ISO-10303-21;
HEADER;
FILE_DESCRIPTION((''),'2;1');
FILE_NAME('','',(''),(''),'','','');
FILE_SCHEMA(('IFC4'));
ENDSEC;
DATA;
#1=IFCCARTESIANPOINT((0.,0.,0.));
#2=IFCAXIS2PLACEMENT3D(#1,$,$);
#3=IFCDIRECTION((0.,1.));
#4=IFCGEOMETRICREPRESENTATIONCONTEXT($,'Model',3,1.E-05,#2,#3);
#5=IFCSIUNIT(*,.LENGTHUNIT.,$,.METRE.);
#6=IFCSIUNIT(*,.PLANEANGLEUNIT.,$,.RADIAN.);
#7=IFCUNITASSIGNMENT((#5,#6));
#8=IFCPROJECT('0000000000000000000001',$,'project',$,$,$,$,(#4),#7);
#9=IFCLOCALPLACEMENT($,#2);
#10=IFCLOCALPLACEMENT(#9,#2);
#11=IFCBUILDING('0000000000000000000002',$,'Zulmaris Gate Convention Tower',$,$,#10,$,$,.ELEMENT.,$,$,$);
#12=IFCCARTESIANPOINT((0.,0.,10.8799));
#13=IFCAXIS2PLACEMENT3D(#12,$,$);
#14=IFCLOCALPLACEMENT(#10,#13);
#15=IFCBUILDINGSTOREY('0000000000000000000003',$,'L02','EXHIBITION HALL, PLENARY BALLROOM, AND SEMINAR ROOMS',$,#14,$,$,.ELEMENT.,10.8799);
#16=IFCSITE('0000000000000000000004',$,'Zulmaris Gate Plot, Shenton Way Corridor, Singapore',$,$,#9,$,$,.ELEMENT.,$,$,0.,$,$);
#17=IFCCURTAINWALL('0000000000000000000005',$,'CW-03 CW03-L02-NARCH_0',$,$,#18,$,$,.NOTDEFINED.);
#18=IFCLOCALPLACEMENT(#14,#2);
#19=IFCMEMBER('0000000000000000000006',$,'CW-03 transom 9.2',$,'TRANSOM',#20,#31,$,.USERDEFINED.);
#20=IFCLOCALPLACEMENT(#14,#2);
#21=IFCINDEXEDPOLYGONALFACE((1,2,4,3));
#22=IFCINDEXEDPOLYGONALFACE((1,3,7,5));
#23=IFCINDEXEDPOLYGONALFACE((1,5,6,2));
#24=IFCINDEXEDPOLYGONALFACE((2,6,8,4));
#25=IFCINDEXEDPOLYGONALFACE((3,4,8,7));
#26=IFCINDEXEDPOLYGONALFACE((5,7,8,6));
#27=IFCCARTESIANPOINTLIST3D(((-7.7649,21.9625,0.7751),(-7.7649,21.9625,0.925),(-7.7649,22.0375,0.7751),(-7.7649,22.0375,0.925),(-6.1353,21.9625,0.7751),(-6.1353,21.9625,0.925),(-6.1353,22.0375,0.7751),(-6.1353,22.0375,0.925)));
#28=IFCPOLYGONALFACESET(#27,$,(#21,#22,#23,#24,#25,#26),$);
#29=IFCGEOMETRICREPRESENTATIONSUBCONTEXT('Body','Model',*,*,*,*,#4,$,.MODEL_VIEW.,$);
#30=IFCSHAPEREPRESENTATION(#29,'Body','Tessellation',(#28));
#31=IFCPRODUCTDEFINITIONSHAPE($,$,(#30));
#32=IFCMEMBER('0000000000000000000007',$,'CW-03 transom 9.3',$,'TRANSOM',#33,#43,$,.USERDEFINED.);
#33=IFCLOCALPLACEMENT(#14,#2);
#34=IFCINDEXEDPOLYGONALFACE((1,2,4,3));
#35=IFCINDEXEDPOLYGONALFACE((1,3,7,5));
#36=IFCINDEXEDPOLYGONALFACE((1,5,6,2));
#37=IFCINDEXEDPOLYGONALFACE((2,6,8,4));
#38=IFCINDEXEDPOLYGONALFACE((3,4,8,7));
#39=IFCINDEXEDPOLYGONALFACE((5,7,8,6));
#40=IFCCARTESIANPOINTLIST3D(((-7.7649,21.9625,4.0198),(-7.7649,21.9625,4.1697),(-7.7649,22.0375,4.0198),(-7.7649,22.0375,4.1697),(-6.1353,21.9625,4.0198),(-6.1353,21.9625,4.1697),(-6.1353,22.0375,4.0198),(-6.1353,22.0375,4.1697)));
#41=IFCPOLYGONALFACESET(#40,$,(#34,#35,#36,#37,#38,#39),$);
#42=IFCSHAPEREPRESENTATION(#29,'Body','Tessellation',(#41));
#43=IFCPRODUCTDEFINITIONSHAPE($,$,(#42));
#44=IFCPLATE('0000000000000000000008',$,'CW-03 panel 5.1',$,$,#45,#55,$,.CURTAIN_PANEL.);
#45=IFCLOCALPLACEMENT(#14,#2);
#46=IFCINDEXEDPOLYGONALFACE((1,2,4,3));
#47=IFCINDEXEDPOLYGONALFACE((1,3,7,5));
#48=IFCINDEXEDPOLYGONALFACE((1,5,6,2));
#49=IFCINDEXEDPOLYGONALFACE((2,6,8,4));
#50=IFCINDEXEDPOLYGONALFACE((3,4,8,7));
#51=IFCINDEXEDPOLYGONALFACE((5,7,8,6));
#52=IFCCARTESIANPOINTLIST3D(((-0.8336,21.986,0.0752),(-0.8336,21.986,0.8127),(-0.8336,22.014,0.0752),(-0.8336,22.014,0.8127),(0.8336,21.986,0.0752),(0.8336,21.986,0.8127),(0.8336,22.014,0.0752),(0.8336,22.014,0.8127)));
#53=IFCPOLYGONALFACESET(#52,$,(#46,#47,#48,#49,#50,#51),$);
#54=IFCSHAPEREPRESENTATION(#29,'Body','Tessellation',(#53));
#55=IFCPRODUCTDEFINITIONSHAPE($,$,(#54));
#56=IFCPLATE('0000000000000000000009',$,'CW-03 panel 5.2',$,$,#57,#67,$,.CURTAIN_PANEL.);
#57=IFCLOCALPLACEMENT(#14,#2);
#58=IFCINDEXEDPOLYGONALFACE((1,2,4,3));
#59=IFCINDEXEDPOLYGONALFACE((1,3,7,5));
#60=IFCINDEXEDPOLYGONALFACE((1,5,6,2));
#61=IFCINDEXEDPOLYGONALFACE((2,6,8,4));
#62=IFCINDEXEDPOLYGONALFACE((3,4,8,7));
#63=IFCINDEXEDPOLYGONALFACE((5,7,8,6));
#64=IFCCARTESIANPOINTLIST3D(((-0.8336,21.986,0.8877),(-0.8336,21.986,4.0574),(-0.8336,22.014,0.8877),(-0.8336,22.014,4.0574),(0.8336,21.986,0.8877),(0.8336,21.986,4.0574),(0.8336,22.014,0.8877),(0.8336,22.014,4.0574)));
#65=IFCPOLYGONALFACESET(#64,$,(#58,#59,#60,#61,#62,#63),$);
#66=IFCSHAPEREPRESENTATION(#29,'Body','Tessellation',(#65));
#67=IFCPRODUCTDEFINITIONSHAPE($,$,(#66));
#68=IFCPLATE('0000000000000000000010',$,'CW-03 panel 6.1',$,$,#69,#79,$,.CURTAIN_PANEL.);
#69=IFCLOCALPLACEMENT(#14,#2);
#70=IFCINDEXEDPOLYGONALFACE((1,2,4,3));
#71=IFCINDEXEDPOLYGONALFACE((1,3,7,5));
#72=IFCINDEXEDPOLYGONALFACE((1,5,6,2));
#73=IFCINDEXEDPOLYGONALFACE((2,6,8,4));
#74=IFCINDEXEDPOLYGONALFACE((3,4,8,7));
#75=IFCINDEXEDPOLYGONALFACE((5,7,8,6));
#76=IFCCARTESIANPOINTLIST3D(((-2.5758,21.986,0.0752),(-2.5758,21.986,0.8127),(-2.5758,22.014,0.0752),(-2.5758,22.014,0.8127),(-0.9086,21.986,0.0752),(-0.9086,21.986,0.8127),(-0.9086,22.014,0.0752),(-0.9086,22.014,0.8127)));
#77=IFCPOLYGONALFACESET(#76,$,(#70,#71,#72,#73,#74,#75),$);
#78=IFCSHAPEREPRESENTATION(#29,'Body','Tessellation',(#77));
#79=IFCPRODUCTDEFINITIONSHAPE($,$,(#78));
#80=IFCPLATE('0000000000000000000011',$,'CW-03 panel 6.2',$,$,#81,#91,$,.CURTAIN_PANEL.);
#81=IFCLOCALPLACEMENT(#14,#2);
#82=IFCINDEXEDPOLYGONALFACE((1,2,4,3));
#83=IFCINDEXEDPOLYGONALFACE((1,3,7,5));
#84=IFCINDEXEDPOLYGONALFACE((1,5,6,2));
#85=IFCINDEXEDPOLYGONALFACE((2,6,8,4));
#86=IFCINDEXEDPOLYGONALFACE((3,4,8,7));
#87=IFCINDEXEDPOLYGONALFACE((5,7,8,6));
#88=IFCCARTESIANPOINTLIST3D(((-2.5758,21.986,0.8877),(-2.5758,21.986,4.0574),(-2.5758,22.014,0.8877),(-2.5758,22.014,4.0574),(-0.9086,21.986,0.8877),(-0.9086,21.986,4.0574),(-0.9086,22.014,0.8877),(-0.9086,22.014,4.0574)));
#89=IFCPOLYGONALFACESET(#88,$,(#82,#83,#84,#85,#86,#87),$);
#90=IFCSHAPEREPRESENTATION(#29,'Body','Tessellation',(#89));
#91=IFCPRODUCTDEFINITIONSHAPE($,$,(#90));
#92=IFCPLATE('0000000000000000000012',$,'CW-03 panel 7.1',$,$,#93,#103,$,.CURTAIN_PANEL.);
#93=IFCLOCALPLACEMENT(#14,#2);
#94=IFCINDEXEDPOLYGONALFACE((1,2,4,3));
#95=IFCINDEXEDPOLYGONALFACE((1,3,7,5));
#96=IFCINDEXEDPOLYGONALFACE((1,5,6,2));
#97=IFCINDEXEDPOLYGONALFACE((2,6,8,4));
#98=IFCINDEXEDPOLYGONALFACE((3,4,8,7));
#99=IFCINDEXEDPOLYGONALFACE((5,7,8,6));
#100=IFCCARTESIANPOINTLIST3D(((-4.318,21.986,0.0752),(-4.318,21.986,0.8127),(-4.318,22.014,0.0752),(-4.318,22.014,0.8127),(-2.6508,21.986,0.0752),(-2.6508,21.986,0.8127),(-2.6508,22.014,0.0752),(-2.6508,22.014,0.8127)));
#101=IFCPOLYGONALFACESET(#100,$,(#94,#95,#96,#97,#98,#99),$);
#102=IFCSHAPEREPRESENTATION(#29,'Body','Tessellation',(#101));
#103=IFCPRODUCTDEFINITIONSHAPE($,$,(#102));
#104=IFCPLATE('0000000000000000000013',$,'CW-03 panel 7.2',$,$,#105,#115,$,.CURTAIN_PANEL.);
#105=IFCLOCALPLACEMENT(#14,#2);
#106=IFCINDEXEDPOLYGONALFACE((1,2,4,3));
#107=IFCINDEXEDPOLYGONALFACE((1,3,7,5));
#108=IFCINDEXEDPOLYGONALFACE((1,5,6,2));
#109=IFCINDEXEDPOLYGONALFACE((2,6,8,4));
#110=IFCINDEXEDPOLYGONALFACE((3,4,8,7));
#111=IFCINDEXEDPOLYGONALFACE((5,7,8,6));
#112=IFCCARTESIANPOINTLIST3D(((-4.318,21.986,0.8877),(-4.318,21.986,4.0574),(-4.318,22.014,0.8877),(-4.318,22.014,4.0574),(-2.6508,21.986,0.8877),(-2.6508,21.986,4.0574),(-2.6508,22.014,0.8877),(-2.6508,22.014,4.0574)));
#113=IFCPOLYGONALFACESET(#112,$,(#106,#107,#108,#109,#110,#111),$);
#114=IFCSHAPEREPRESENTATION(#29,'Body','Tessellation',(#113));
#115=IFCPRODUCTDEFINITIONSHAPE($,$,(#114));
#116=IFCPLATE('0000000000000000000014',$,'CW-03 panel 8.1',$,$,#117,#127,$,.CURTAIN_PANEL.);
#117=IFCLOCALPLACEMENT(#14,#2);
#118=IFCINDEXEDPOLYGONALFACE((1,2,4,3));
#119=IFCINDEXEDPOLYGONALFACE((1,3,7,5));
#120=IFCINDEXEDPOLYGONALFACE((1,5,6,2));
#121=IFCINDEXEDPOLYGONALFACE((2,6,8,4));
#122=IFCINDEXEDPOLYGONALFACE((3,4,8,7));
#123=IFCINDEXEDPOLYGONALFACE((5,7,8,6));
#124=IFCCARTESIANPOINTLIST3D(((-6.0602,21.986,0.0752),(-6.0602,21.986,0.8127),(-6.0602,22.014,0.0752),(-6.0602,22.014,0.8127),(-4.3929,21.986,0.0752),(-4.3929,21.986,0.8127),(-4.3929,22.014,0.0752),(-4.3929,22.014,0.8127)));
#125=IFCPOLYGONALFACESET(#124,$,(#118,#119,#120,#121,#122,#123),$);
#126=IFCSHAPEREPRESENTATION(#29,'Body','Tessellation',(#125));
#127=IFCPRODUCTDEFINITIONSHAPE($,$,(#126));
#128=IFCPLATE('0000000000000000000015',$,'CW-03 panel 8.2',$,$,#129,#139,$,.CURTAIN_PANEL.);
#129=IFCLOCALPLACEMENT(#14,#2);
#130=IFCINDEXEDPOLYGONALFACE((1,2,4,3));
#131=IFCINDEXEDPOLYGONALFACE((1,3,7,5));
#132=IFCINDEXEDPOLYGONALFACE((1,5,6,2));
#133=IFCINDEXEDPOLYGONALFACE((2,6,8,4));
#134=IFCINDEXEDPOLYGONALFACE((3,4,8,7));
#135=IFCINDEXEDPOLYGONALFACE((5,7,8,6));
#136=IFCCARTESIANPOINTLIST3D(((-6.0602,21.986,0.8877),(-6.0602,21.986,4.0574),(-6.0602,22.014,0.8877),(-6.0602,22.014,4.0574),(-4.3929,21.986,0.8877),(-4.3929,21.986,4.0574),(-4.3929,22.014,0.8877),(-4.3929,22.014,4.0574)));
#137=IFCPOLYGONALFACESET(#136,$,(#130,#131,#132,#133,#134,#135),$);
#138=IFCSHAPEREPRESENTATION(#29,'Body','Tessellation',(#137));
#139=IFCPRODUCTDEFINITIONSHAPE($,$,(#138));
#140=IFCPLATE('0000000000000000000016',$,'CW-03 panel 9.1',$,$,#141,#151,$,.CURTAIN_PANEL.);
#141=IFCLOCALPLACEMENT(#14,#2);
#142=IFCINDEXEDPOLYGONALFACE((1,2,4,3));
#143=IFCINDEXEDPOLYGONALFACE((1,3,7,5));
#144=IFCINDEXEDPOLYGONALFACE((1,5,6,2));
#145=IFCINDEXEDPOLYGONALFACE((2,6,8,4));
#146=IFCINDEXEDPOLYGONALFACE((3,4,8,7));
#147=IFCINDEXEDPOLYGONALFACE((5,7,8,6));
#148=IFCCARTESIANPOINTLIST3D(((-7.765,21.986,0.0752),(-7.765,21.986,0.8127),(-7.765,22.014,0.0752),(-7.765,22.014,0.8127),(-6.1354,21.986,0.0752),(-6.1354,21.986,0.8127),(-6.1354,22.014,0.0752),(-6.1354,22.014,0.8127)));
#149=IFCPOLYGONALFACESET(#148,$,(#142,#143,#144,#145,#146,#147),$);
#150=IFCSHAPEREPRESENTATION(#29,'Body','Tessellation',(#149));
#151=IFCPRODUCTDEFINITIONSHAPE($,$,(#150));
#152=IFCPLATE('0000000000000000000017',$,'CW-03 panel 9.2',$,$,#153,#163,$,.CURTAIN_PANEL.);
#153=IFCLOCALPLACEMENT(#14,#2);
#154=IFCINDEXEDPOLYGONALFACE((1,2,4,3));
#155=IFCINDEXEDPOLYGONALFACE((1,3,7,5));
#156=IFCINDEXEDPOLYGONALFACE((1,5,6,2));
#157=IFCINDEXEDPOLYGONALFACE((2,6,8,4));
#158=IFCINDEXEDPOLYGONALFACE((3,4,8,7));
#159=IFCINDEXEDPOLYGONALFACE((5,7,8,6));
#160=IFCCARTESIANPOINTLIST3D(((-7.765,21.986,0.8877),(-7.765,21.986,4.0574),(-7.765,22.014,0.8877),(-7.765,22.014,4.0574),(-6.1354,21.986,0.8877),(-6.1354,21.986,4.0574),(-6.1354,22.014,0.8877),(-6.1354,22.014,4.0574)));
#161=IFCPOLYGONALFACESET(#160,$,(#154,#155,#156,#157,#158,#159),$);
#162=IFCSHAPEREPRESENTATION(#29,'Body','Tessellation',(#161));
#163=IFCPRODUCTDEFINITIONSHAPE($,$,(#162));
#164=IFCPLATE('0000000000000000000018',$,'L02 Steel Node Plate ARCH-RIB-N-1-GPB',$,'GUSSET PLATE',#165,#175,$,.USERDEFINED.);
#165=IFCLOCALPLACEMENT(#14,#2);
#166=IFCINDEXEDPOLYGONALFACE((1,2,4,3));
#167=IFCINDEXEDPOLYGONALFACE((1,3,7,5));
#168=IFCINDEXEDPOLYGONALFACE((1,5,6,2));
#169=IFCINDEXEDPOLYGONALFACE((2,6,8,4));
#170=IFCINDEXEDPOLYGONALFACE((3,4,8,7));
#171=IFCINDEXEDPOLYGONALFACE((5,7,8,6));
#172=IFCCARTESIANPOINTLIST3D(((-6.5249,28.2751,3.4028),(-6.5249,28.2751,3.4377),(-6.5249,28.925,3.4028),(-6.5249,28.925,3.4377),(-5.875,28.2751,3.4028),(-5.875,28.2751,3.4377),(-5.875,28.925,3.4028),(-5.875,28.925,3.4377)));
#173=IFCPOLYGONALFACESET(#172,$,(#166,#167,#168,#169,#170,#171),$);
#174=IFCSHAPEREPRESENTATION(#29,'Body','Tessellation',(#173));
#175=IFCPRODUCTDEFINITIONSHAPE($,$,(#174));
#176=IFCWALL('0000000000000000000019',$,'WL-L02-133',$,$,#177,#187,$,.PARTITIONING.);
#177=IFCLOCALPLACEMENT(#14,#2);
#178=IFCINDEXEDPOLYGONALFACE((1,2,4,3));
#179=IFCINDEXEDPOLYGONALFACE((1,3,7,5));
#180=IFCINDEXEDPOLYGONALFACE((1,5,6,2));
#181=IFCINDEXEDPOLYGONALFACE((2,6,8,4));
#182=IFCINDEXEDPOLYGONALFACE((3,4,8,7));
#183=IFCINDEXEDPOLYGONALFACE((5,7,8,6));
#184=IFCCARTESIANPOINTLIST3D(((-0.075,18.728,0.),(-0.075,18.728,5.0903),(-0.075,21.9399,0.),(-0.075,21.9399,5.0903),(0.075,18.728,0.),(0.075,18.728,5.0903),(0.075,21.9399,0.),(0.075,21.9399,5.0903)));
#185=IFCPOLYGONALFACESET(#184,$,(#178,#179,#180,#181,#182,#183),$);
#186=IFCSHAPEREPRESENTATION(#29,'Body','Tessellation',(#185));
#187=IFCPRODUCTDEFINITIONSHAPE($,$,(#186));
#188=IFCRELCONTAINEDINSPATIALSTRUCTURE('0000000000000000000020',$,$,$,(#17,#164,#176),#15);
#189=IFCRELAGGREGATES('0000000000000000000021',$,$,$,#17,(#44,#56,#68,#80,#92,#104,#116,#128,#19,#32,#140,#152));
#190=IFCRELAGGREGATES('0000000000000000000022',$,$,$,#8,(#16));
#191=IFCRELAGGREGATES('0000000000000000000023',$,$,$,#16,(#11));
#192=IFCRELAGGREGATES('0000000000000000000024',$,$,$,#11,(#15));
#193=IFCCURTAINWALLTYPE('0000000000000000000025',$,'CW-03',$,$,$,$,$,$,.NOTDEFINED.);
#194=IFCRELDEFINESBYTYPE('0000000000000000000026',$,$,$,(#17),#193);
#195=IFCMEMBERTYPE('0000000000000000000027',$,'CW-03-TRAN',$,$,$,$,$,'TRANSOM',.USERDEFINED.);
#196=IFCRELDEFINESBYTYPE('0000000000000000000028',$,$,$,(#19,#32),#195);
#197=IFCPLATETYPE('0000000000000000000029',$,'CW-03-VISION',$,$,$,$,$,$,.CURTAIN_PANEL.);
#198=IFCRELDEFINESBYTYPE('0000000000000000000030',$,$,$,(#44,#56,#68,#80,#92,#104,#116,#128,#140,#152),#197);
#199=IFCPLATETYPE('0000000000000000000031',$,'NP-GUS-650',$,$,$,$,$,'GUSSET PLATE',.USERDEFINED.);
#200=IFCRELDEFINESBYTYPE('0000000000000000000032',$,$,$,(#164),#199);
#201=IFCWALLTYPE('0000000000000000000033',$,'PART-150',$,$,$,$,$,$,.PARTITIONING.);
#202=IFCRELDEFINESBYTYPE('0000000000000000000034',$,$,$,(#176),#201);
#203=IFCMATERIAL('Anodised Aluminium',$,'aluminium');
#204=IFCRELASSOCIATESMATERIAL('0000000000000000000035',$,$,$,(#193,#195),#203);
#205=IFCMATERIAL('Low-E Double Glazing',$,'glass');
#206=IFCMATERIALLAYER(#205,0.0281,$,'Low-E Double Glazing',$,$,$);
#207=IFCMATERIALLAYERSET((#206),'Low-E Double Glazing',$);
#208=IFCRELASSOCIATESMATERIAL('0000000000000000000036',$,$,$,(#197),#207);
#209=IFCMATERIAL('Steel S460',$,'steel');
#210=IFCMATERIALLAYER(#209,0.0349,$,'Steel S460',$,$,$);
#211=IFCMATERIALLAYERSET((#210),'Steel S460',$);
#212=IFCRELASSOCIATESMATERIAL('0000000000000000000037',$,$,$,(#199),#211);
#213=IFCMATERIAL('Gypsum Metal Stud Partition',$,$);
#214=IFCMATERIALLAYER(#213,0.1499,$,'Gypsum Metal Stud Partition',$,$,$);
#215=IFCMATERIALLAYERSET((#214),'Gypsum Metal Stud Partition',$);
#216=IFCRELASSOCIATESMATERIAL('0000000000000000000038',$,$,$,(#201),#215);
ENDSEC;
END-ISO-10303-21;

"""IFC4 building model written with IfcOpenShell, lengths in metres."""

from ifc_helpers import new_model, si_unit, direction, frame, frame_2d, origin, origin_2d, place, context, subcontext, project, spatial, rectangle, extrude, material, layer, layer_set, material_profile, profile_set, type_object, element, aggregate, save


model = new_model("IFC4")

# Units and contexts
model_context = context("Model", 3, precision=1e-05, world=origin(), true_north=direction((0.0, 1.0)))
body_context = subcontext(model_context, "Body", "Model", "MODEL_VIEW")
ifc_project = project(units=[si_unit("LENGTHUNIT", "METRE"), si_unit("PLANEANGLEUNIT", "RADIAN")], contexts=[model_context])

# Site, building, storey
site_placement = place(None, origin())
site = spatial("IfcSite", under=ifc_project, at=site_placement, Name="Zulmaris Gate Plot, Shenton Way Corridor, Singapore", CompositionType="ELEMENT", RefElevation=0.0)
building_placement = place(site_placement, origin())
building = spatial("IfcBuilding", under=site, at=building_placement, Name="Zulmaris Gate Convention Tower", CompositionType="ELEMENT")
storey_placement = place(building_placement, frame((0.0, 0.0, 10.8799)))
storey = spatial("IfcBuildingStorey", under=building, at=storey_placement, Name="L02", Description="EXHIBITION HALL, PLENARY BALLROOM, AND SEMINAR ROOMS", CompositionType="ELEMENT", Elevation=10.8799)

# Curtain wall, members, plates
ifc_material_1 = material(Name="Anodised Aluminium", Category="aluminium")
curtain_wall_type = type_object("IfcCurtainWallType", Name="CW-03", PredefinedType="NOTDEFINED", material=ifc_material_1)
curtain_wall_placement = place(storey_placement, origin())
curtain_wall = element("IfcCurtainWall", 1, at=curtain_wall_placement, inside=storey, type_object=curtain_wall_type, Name="CW-03 CW03-L02-NARCH_0", PredefinedType="NOTDEFINED")
ifc_material_profile_1 = material_profile(ifc_material_1, rectangle(XDim=0.075, YDim=0.1499, at=origin_2d()), Name="ALU TRANSOM 75x150")
ifc_profile_set_1 = profile_set([ifc_material_profile_1], Name="Anodised Aluminium")
member_type_1 = type_object("IfcMemberType", Name="CW-03-TRAN", ElementType="TRANSOM", PredefinedType="USERDEFINED", material=ifc_profile_set_1)
member_1_placement = place(storey_placement, frame((-6.1353, 22.0, 0.8501), z_axis=(-1.0, 0.0, 0.0), x_axis=(0.0, -1.0, 0.0)))
member_1 = element("IfcMember", 2, at=member_1_placement, type_object=member_type_1, Name="CW-03 transom 9.2", ObjectType="TRANSOM", PredefinedType="USERDEFINED", context=body_context, shape_type="SweptSolid", body=[
    extrude(rectangle(XDim=0.075, YDim=0.1499, at=origin_2d()), origin(), (0.0, 0.0, 1.0), 1.6296),
])
member_2_placement = place(storey_placement, frame((-6.1353, 22.0, 4.0947), z_axis=(-1.0, 0.0, 0.0), x_axis=(0.0, -1.0, 0.0)))
member_2 = element("IfcMember", 3, at=member_2_placement, type_object=member_type_1, Name="CW-03 transom 9.3", ObjectType="TRANSOM", PredefinedType="USERDEFINED", context=body_context, shape_type="SweptSolid", body=[
    extrude(rectangle(XDim=0.075, YDim=0.1499, at=origin_2d()), origin(), (0.0, 0.0, 1.0), 1.6296),
])
ifc_material_2 = material(Name="Low-E Double Glazing", Category="glass")
ifc_layer_1 = layer(ifc_material_2, 0.0281, Name="Low-E Double Glazing")
ifc_layer_set_1 = layer_set([ifc_layer_1], Name="Low-E Double Glazing")
plate_type_1 = type_object("IfcPlateType", Name="CW-03-VISION", PredefinedType="CURTAIN_PANEL", material=ifc_layer_set_1)
plate_1_placement = place(storey_placement, frame((0.0, 22.0, 0.0752), z_axis=(0.0, 0.0, 1.0), x_axis=(-1.0, 0.0, 0.0)))
plate_1 = element("IfcPlate", 4, at=plate_1_placement, type_object=plate_type_1, Name="CW-03 panel 5.1", PredefinedType="CURTAIN_PANEL", context=body_context, shape_type="SweptSolid", body=[
    extrude(rectangle(XDim=1.6672, YDim=0.0281, at=origin_2d()), origin(), (0.0, 0.0, 1.0), 0.7375),
])
plate_2_placement = place(storey_placement, frame((0.0, 22.0, 0.8877), z_axis=(0.0, 0.0, 1.0), x_axis=(-1.0, 0.0, 0.0)))
plate_2 = element("IfcPlate", 5, at=plate_2_placement, type_object=plate_type_1, Name="CW-03 panel 5.2", PredefinedType="CURTAIN_PANEL", context=body_context, shape_type="SweptSolid", body=[
    extrude(rectangle(XDim=1.6672, YDim=0.0281, at=origin_2d()), origin(), (0.0, 0.0, 1.0), 3.1697),
])
plate_3_placement = place(storey_placement, frame((-1.7422, 22.0, 0.0752), z_axis=(0.0, 0.0, 1.0), x_axis=(-1.0, 0.0, 0.0)))
plate_3 = element("IfcPlate", 6, at=plate_3_placement, type_object=plate_type_1, Name="CW-03 panel 6.1", PredefinedType="CURTAIN_PANEL", context=body_context, shape_type="SweptSolid", body=[
    extrude(rectangle(XDim=1.6672, YDim=0.0281, at=origin_2d()), origin(), (0.0, 0.0, 1.0), 0.7375),
])
plate_4_placement = place(storey_placement, frame((-1.7422, 22.0, 0.8877), z_axis=(0.0, 0.0, 1.0), x_axis=(-1.0, 0.0, 0.0)))
plate_4 = element("IfcPlate", 7, at=plate_4_placement, type_object=plate_type_1, Name="CW-03 panel 6.2", PredefinedType="CURTAIN_PANEL", context=body_context, shape_type="SweptSolid", body=[
    extrude(rectangle(XDim=1.6672, YDim=0.0281, at=origin_2d()), origin(), (0.0, 0.0, 1.0), 3.1697),
])
plate_5_placement = place(storey_placement, frame((-3.4844, 22.0, 0.0752), z_axis=(0.0, 0.0, 1.0), x_axis=(-1.0, 0.0, 0.0)))
plate_5 = element("IfcPlate", 8, at=plate_5_placement, type_object=plate_type_1, Name="CW-03 panel 7.1", PredefinedType="CURTAIN_PANEL", context=body_context, shape_type="SweptSolid", body=[
    extrude(rectangle(XDim=1.6672, YDim=0.0281, at=origin_2d()), origin(), (0.0, 0.0, 1.0), 0.7375),
])
plate_6_placement = place(storey_placement, frame((-3.4844, 22.0, 0.8877), z_axis=(0.0, 0.0, 1.0), x_axis=(-1.0, 0.0, 0.0)))
plate_6 = element("IfcPlate", 9, at=plate_6_placement, type_object=plate_type_1, Name="CW-03 panel 7.2", PredefinedType="CURTAIN_PANEL", context=body_context, shape_type="SweptSolid", body=[
    extrude(rectangle(XDim=1.6672, YDim=0.0281, at=origin_2d()), origin(), (0.0, 0.0, 1.0), 3.1697),
])
plate_7_placement = place(storey_placement, frame((-5.2266, 22.0, 0.0752), z_axis=(0.0, 0.0, 1.0), x_axis=(-1.0, 0.0, 0.0)))
plate_7 = element("IfcPlate", 10, at=plate_7_placement, type_object=plate_type_1, Name="CW-03 panel 8.1", PredefinedType="CURTAIN_PANEL", context=body_context, shape_type="SweptSolid", body=[
    extrude(rectangle(XDim=1.6672, YDim=0.0281, at=origin_2d()), origin(), (0.0, 0.0, 1.0), 0.7375),
])
plate_8_placement = place(storey_placement, frame((-5.2266, 22.0, 0.8877), z_axis=(0.0, 0.0, 1.0), x_axis=(-1.0, 0.0, 0.0)))
plate_8 = element("IfcPlate", 11, at=plate_8_placement, type_object=plate_type_1, Name="CW-03 panel 8.2", PredefinedType="CURTAIN_PANEL", context=body_context, shape_type="SweptSolid", body=[
    extrude(rectangle(XDim=1.6672, YDim=0.0281, at=origin_2d()), origin(), (0.0, 0.0, 1.0), 3.1697),
])
plate_9_placement = place(storey_placement, frame((-6.9502, 22.0, 0.0752), z_axis=(0.0, 0.0, 1.0), x_axis=(-1.0, 0.0, 0.0)))
plate_9 = element("IfcPlate", 12, at=plate_9_placement, type_object=plate_type_1, Name="CW-03 panel 9.1", PredefinedType="CURTAIN_PANEL", context=body_context, shape_type="SweptSolid", body=[
    extrude(rectangle(XDim=1.6296, YDim=0.0281, at=origin_2d()), origin(), (0.0, 0.0, 1.0), 0.7375),
])
plate_10_placement = place(storey_placement, frame((-6.9502, 22.0, 0.8877), z_axis=(0.0, 0.0, 1.0), x_axis=(-1.0, 0.0, 0.0)))
plate_10 = element("IfcPlate", 13, at=plate_10_placement, type_object=plate_type_1, Name="CW-03 panel 9.2", PredefinedType="CURTAIN_PANEL", context=body_context, shape_type="SweptSolid", body=[
    extrude(rectangle(XDim=1.6296, YDim=0.0281, at=origin_2d()), origin(), (0.0, 0.0, 1.0), 3.1697),
])
aggregate(curtain_wall, [plate_1, plate_2, plate_3, plate_4, plate_5, plate_6, plate_7, plate_8, member_1, member_2, plate_9, plate_10])

# Plate
ifc_material_3 = material(Name="Steel S460", Category="steel")
ifc_layer_2 = layer(ifc_material_3, 0.0349, Name="Steel S460")
ifc_layer_set_2 = layer_set([ifc_layer_2], Name="Steel S460")
plate_type_2 = type_object("IfcPlateType", Name="NP-GUS-650", ElementType="GUSSET PLATE", PredefinedType="USERDEFINED", material=ifc_layer_set_2)
plate_11_placement = place(storey_placement, frame((-6.2, 28.6001, 3.4028), z_axis=(0.0, 0.0, 1.0), x_axis=(1.0, 0.0, 0.0)))
element("IfcPlate", 14, at=plate_11_placement, inside=storey, type_object=plate_type_2, Name="L02 Steel Node Plate ARCH-RIB-N-1-GPB", ObjectType="GUSSET PLATE", PredefinedType="USERDEFINED", context=body_context, shape_type="SweptSolid", body=[
    extrude(rectangle(XDim=0.6499, YDim=0.6499, at=origin_2d()), origin(), (0.0, 0.0, 1.0), 0.0349),
])

# Wall
ifc_material_4 = material(Name="Gypsum Metal Stud Partition")
ifc_layer_3 = layer(ifc_material_4, 0.1499, Name="Gypsum Metal Stud Partition")
ifc_layer_set_3 = layer_set([ifc_layer_3], Name="Gypsum Metal Stud Partition")
wall_type = type_object("IfcWallType", Name="PART-150", PredefinedType="PARTITIONING", material=ifc_layer_set_3)
wall_placement = place(storey_placement, frame((0.0, 18.728, 0.0), z_axis=(0.0, 0.0, 1.0), x_axis=(0.0, 1.0, 0.0)))
element("IfcWall", 15, at=wall_placement, inside=storey, type_object=wall_type, Name="WL-L02-133", PredefinedType="PARTITIONING", context=body_context, shape_type="SweptSolid", body=[
    extrude(rectangle(XDim=3.2119, YDim=0.1499, at=frame_2d((1.606, 0.0))), origin(), (0.0, 0.0, 1.0), 5.0903),
])

save(model, "model.ifc")
